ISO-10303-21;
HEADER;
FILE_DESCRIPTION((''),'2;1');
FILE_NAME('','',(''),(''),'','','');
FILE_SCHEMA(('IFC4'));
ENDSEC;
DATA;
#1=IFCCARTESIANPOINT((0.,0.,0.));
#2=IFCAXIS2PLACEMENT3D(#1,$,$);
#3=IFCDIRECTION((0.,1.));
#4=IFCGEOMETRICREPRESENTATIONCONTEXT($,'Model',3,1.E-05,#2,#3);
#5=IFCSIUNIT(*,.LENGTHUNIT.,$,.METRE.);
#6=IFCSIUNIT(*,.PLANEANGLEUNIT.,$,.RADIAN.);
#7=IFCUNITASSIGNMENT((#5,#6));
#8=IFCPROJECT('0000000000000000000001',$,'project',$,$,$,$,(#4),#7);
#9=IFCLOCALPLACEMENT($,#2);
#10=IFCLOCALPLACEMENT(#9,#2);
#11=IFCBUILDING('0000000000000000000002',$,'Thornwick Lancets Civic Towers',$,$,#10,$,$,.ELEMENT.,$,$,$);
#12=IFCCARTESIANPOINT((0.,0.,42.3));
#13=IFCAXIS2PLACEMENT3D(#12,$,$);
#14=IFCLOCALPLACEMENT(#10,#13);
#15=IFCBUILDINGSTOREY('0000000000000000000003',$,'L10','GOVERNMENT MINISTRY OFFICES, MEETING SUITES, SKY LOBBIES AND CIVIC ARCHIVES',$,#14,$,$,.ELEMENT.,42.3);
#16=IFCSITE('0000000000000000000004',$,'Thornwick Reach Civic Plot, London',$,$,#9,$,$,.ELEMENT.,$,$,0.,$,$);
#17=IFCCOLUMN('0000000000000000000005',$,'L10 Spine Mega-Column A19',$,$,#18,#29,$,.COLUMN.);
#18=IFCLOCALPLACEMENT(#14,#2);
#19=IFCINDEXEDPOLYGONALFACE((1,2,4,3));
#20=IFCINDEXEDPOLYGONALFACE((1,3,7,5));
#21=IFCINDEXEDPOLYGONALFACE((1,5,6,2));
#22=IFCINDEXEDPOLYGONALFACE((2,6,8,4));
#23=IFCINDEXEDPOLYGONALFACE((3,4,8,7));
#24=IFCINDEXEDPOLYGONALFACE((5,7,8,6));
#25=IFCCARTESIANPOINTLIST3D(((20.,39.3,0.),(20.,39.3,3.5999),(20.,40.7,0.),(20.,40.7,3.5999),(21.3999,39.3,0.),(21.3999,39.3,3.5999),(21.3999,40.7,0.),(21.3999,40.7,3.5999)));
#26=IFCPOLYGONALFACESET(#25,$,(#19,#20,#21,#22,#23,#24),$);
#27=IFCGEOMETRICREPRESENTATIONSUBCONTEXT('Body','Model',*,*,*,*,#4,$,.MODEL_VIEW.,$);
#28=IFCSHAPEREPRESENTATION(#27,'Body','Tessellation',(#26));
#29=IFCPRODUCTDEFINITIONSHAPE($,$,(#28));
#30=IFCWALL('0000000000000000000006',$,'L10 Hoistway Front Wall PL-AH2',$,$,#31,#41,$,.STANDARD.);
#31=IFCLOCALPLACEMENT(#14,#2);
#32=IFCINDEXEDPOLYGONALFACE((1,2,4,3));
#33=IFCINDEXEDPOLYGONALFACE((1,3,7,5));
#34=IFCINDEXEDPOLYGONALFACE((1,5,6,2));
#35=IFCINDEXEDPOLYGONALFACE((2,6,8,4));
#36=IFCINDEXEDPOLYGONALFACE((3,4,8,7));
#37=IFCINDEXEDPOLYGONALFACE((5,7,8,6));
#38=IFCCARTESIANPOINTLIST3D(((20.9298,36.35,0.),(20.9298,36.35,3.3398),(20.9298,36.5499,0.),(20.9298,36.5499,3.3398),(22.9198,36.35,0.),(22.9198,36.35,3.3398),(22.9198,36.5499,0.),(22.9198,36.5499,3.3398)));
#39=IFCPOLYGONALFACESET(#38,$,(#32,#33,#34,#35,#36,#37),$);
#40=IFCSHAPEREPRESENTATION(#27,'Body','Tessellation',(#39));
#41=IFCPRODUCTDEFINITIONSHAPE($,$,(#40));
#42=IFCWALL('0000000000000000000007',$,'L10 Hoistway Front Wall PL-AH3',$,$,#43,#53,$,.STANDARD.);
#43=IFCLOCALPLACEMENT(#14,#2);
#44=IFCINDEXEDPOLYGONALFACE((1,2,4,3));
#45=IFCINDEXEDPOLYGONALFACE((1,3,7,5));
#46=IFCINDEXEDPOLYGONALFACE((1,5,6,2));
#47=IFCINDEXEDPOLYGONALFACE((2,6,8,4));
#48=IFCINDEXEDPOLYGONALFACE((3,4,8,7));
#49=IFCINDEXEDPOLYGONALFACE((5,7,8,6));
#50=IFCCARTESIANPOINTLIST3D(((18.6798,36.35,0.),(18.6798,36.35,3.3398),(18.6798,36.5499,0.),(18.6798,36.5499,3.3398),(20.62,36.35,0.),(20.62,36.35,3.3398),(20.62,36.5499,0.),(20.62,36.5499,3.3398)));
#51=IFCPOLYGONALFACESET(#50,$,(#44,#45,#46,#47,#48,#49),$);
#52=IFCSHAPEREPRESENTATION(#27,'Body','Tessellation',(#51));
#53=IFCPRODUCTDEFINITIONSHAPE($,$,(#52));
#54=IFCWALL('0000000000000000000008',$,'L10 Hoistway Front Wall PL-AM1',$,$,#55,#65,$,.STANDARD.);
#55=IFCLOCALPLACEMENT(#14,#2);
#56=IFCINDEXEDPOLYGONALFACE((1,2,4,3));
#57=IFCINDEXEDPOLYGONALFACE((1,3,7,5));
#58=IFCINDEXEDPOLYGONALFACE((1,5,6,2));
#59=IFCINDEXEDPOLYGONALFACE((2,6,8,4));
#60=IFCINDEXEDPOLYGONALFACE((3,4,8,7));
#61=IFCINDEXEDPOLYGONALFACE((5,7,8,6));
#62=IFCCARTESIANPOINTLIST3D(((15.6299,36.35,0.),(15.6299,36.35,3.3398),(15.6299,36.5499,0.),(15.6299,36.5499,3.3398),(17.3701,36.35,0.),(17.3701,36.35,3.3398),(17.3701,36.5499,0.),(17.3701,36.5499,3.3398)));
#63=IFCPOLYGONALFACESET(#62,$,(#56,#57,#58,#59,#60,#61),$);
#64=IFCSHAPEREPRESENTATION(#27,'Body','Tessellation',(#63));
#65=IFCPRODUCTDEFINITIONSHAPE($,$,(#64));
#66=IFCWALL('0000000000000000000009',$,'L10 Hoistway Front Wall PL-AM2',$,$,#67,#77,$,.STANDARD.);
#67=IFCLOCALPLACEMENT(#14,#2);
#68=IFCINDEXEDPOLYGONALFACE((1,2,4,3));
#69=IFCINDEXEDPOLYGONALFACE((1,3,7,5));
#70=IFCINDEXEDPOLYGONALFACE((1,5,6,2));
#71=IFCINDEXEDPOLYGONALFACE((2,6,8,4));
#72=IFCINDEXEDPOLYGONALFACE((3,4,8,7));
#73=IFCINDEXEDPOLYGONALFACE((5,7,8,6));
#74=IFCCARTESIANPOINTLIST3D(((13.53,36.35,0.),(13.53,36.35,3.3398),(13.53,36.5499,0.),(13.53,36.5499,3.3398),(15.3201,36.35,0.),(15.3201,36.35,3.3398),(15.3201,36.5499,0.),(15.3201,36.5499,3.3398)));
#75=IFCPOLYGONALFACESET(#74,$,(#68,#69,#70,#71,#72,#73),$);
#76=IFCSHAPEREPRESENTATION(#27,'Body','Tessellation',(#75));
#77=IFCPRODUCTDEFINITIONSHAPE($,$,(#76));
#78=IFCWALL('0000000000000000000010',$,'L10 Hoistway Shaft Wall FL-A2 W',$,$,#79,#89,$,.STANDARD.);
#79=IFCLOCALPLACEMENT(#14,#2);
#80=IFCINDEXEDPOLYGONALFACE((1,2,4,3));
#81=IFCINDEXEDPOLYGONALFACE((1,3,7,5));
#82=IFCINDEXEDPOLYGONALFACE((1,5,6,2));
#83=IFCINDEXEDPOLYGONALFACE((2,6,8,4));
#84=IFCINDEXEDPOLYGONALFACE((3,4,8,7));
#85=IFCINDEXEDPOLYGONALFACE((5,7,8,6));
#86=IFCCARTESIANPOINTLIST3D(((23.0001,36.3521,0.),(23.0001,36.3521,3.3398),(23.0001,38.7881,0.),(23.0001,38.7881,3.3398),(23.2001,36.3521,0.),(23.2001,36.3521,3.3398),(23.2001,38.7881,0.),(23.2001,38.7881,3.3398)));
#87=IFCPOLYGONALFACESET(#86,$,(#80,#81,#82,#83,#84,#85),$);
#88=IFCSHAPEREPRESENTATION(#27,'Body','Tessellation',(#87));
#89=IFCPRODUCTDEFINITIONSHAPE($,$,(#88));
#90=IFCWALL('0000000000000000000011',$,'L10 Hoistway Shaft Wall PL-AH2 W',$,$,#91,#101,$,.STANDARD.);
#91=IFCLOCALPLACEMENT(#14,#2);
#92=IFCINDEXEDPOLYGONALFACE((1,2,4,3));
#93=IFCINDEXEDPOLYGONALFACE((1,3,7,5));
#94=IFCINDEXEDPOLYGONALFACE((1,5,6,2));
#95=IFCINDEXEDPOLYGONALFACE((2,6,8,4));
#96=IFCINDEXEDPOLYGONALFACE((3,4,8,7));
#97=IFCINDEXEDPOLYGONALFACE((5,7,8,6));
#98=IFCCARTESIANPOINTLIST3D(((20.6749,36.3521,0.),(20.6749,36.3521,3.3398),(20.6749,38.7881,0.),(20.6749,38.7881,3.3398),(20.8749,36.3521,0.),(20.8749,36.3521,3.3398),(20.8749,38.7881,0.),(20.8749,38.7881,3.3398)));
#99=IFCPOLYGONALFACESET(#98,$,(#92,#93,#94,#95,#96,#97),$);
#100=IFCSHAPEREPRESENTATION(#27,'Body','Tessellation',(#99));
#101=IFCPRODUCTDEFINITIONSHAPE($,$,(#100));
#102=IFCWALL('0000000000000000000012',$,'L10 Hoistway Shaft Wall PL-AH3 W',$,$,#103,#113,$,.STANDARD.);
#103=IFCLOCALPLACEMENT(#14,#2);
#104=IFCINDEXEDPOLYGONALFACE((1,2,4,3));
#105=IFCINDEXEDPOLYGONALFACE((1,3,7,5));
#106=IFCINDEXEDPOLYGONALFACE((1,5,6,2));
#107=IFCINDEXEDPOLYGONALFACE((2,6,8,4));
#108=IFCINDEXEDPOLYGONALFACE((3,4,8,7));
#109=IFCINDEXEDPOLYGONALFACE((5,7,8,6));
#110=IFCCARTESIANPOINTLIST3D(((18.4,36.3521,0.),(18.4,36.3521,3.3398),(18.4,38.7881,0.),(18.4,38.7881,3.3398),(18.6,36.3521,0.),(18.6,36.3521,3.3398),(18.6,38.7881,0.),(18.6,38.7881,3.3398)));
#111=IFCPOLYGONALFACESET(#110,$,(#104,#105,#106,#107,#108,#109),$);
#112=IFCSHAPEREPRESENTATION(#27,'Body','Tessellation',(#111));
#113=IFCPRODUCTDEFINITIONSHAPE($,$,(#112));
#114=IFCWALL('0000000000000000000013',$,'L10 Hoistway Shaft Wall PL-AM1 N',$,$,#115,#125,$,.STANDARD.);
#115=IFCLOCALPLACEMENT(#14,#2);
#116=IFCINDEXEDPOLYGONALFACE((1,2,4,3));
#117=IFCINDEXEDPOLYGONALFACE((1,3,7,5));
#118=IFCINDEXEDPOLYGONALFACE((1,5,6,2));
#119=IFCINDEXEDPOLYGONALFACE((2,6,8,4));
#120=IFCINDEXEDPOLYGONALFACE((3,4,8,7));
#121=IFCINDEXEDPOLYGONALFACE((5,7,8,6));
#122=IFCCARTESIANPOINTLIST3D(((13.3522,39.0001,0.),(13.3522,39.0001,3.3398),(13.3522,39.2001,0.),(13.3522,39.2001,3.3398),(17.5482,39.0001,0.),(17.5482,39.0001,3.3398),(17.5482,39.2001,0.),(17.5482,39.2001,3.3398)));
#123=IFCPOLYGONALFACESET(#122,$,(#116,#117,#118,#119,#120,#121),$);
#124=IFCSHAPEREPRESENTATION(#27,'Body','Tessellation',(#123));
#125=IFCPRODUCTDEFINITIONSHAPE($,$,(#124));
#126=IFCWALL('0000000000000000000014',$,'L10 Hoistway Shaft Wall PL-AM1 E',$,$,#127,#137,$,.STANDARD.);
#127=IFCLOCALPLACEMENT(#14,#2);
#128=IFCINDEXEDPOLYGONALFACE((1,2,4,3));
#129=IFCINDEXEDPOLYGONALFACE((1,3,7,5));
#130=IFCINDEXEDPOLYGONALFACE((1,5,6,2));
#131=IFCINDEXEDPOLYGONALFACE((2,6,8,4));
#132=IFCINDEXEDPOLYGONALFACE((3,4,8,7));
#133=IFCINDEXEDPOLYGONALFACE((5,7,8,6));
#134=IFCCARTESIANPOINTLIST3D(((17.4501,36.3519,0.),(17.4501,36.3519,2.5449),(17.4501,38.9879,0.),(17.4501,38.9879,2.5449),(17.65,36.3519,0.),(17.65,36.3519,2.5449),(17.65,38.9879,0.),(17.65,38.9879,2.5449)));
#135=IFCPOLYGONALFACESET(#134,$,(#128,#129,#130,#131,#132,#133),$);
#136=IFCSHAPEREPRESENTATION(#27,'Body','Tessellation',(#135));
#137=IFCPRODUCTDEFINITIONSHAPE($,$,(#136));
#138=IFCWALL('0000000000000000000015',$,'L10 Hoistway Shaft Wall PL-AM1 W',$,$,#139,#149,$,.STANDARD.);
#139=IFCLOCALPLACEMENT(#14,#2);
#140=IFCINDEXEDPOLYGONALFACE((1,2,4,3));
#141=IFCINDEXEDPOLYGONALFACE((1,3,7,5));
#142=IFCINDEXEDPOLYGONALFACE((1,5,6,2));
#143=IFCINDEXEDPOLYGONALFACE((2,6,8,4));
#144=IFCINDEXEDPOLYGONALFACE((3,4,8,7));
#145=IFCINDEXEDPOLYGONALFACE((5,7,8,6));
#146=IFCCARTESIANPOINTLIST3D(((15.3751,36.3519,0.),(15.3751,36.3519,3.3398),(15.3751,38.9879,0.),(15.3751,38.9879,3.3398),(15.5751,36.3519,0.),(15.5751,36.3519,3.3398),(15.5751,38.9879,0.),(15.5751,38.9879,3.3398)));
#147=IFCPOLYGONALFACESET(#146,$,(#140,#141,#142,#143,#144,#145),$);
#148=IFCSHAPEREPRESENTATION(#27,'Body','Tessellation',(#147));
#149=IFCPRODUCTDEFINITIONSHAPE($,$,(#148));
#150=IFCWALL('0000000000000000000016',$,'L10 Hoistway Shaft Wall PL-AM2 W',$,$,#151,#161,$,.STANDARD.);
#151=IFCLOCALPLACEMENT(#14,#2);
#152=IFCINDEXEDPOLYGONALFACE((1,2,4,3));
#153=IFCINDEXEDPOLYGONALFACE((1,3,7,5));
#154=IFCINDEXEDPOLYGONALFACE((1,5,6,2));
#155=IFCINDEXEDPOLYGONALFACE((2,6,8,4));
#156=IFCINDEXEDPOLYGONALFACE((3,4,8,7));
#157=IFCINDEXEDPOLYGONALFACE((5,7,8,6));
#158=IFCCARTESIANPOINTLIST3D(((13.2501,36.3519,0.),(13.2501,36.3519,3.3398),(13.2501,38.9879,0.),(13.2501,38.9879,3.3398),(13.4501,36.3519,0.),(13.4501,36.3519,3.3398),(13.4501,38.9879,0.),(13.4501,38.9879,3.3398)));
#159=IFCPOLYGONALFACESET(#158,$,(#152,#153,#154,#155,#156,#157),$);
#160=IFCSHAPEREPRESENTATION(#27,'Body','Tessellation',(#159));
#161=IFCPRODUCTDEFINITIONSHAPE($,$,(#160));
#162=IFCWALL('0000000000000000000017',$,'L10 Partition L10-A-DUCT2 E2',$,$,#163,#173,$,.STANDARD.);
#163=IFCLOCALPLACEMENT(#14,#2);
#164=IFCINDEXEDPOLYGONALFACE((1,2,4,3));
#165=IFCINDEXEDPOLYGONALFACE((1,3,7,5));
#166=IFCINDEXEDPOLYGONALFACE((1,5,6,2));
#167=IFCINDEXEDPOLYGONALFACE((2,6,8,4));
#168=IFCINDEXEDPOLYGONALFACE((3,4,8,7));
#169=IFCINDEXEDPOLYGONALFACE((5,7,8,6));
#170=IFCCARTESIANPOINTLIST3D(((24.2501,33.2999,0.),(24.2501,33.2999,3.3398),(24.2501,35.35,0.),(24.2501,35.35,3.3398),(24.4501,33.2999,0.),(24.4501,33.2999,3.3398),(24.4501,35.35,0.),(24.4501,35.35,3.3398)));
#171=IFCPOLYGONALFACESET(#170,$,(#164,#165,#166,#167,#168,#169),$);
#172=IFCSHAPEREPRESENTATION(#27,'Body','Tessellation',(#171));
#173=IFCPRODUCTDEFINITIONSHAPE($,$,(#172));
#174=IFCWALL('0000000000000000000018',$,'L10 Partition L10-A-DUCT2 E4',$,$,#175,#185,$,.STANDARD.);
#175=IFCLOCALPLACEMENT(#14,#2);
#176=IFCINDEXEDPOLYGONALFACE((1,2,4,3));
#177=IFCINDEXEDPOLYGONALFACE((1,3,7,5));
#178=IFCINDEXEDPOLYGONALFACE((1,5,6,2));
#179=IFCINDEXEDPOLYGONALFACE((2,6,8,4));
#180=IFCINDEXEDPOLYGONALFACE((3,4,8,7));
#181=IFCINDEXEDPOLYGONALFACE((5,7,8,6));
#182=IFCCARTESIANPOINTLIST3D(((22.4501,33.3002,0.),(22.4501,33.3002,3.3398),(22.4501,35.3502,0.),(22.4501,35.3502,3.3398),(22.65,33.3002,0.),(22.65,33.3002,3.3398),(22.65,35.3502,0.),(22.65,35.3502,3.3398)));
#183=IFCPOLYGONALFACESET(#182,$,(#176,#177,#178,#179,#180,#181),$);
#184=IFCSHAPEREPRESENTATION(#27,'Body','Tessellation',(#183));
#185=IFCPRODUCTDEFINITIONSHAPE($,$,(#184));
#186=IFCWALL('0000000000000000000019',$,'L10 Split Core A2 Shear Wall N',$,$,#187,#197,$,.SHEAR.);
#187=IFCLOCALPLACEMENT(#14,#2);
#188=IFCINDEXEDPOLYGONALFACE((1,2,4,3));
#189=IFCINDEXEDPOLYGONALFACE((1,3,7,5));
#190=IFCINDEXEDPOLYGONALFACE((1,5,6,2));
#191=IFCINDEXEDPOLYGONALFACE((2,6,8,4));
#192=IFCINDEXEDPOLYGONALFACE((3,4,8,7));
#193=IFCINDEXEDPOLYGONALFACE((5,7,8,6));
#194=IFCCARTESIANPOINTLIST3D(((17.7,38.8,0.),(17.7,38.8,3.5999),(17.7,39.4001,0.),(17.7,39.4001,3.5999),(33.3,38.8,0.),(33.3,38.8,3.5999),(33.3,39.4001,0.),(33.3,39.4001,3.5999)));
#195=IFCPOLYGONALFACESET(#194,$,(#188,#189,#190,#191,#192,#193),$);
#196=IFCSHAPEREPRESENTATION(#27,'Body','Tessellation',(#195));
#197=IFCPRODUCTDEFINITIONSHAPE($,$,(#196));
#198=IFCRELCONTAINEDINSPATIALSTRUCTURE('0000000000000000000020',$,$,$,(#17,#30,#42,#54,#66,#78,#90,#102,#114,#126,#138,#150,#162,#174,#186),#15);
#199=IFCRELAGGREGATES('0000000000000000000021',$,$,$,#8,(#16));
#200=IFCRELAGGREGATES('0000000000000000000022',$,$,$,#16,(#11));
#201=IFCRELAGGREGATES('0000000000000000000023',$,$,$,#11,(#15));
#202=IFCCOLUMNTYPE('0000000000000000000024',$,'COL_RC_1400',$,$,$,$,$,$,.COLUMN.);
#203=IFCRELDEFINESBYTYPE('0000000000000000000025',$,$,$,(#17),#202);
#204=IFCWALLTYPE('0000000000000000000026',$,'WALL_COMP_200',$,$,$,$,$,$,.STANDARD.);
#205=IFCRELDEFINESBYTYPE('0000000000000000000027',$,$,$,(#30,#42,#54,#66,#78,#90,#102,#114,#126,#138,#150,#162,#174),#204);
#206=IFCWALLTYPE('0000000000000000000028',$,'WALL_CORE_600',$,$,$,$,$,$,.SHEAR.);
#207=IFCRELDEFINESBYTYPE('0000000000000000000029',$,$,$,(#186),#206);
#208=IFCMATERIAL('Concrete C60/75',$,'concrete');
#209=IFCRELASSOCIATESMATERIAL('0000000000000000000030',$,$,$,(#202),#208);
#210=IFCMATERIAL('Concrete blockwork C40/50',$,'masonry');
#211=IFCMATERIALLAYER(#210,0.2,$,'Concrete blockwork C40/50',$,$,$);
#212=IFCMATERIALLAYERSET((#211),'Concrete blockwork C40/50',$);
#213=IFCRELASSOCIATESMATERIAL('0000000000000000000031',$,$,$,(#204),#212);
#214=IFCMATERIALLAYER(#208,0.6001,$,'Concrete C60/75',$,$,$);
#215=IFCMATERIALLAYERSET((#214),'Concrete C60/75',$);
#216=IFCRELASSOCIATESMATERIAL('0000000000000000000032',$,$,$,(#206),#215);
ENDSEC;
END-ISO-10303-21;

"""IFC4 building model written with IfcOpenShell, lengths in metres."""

from ifc_helpers import new_model, si_unit, direction, frame, frame_2d, origin, origin_2d, place, context, subcontext, project, spatial, rectangle, extrude, material, layer, layer_set, material_profile, profile_set, type_object, element, save


model = new_model("IFC4")

# Units and contexts
model_context = context("Model", 3, precision=1e-05, world=origin(), true_north=direction((0.0, 1.0)))
body_context = subcontext(model_context, "Body", "Model", "MODEL_VIEW")
ifc_project = project(units=[si_unit("LENGTHUNIT", "METRE"), si_unit("PLANEANGLEUNIT", "RADIAN")], contexts=[model_context])

# Site, building, storey
site_placement = place(None, origin())
site = spatial("IfcSite", under=ifc_project, at=site_placement, Name="Thornwick Reach Civic Plot, London", CompositionType="ELEMENT", RefElevation=0.0)
building_placement = place(site_placement, origin())
building = spatial("IfcBuilding", under=site, at=building_placement, Name="Thornwick Lancets Civic Towers", CompositionType="ELEMENT")
storey_placement = place(building_placement, frame((0.0, 0.0, 42.3)))
storey = spatial("IfcBuildingStorey", under=building, at=storey_placement, Name="L10", Description="GOVERNMENT MINISTRY OFFICES, MEETING SUITES, SKY LOBBIES AND CIVIC ARCHIVES", CompositionType="ELEMENT", Elevation=42.3)

# Column
ifc_material_1 = material(Name="Concrete C60/75", Category="concrete")
ifc_material_profile = material_profile(ifc_material_1, rectangle(XDim=1.3999, YDim=1.3999, at=origin_2d()), Name="RC 1400x1400")
ifc_profile_set = profile_set([ifc_material_profile], Name="Concrete C60/75")
column_type = type_object("IfcColumnType", Name="COL_RC_1400", PredefinedType="COLUMN", material=ifc_profile_set)
column_placement = place(storey_placement, frame((20.7, 40.0, 0.0), z_axis=(0.0, 0.0, 1.0), x_axis=(1.0, 0.0, 0.0)))
element("IfcColumn", 1, at=column_placement, inside=storey, type_object=column_type, Name="L10 Spine Mega-Column A19", PredefinedType="COLUMN", context=body_context, shape_type="SweptSolid", body=[
    extrude(rectangle(XDim=1.3999, YDim=1.3999, at=origin_2d()), origin(), (0.0, 0.0, 1.0), 3.5999),
])

# Walls
ifc_material_2 = material(Name="Concrete blockwork C40/50", Category="masonry")
ifc_layer_1 = layer(ifc_material_2, 0.2, Name="Concrete blockwork C40/50")
ifc_layer_set_1 = layer_set([ifc_layer_1], Name="Concrete blockwork C40/50")
wall_type_1 = type_object("IfcWallType", Name="WALL_COMP_200", PredefinedType="STANDARD", material=ifc_layer_set_1)
wall_1_placement = place(storey_placement, frame((22.9199, 36.45, 0.0), z_axis=(0.0, 0.0, 1.0), x_axis=(-1.0, 0.0, 0.0)))
element("IfcWall", 2, at=wall_1_placement, inside=storey, type_object=wall_type_1, Name="L10 Hoistway Front Wall PL-AH2", PredefinedType="STANDARD", context=body_context, shape_type="SweptSolid", body=[
    extrude(rectangle(XDim=1.99, YDim=0.2, at=frame_2d((0.9951, 0.0))), origin(), (0.0, 0.0, 1.0), 3.3398),
])
wall_2_placement = place(storey_placement, frame((20.6201, 36.45, 0.0), z_axis=(0.0, 0.0, 1.0), x_axis=(-1.0, 0.0, 0.0)))
element("IfcWall", 3, at=wall_2_placement, inside=storey, type_object=wall_type_1, Name="L10 Hoistway Front Wall PL-AH3", PredefinedType="STANDARD", context=body_context, shape_type="SweptSolid", body=[
    extrude(rectangle(XDim=1.9402, YDim=0.2, at=frame_2d((0.9702, 0.0))), origin(), (0.0, 0.0, 1.0), 3.3398),
])
wall_3_placement = place(storey_placement, frame((17.3701, 36.45, 0.0), z_axis=(0.0, 0.0, 1.0), x_axis=(-1.0, 0.0, 0.0)))
element("IfcWall", 4, at=wall_3_placement, inside=storey, type_object=wall_type_1, Name="L10 Hoistway Front Wall PL-AM1", PredefinedType="STANDARD", context=body_context, shape_type="SweptSolid", body=[
    extrude(rectangle(XDim=1.7402, YDim=0.2, at=frame_2d((0.8701, 0.0))), origin(), (0.0, 0.0, 1.0), 3.3398),
])
wall_4_placement = place(storey_placement, frame((15.3201, 36.45, 0.0), z_axis=(0.0, 0.0, 1.0), x_axis=(-1.0, 0.0, 0.0)))
element("IfcWall", 5, at=wall_4_placement, inside=storey, type_object=wall_type_1, Name="L10 Hoistway Front Wall PL-AM2", PredefinedType="STANDARD", context=body_context, shape_type="SweptSolid", body=[
    extrude(rectangle(XDim=1.79, YDim=0.2, at=frame_2d((0.895, 0.0))), origin(), (0.0, 0.0, 1.0), 3.3398),
])
for number, where, z_axis, x_axis, name in (
    (6, (23.1001, 36.3521, 0.0), (0.0, 0.0, 1.0), (0.0, 1.0, 0.0), "L10 Hoistway Shaft Wall FL-A2 W"),
    (7, (20.7749, 36.3521, 0.0), (0.0, 0.0, 1.0), (0.0, 1.0, 0.0), "L10 Hoistway Shaft Wall PL-AH2 W"),
    (8, (18.5, 36.3521, 0.0), (0.0, 0.0, 1.0), (0.0, 1.0, 0.0), "L10 Hoistway Shaft Wall PL-AH3 W"),
):
    element("IfcWall", number, at=place(storey_placement, frame(where, z_axis=z_axis, x_axis=x_axis)), inside=storey, type_object=wall_type_1, Name=name, PredefinedType="STANDARD", context=body_context, shape_type="SweptSolid", body=[
        extrude(rectangle(XDim=2.436, YDim=0.2, at=frame_2d((1.218, 0.0))), origin(), (0.0, 0.0, 1.0), 3.3398),
    ])
wall_5_placement = place(storey_placement, frame((13.3521, 39.1001, 0.0), z_axis=(0.0, 0.0, 1.0), x_axis=(1.0, 0.0, 0.0)))
element("IfcWall", 9, at=wall_5_placement, inside=storey, type_object=wall_type_1, Name="L10 Hoistway Shaft Wall PL-AM1 N", PredefinedType="STANDARD", context=body_context, shape_type="SweptSolid", body=[
    extrude(rectangle(XDim=4.196, YDim=0.2, at=frame_2d((2.0981, 0.0))), origin(), (0.0, 0.0, 1.0), 3.3398),
])
wall_6_placement = place(storey_placement, frame((17.55, 36.3521, 0.0), z_axis=(0.0, 0.0, 1.0), x_axis=(0.0, 1.0, 0.0)))
element("IfcWall", 10, at=wall_6_placement, inside=storey, type_object=wall_type_1, Name="L10 Hoistway Shaft Wall PL-AM1 E", PredefinedType="STANDARD", context=body_context, shape_type="SweptSolid", body=[
    extrude(rectangle(XDim=2.636, YDim=0.2, at=frame_2d((1.3179, 0.0))), origin(), (0.0, 0.0, 1.0), 2.5449),
])
for number, where, z_axis, x_axis, name in (
    (11, (15.4751, 36.3521, 0.0), (0.0, 0.0, 1.0), (0.0, 1.0, 0.0), "L10 Hoistway Shaft Wall PL-AM1 W"),
    (12, (13.3501, 36.3521, 0.0), (0.0, 0.0, 1.0), (0.0, 1.0, 0.0), "L10 Hoistway Shaft Wall PL-AM2 W"),
):
    element("IfcWall", number, at=place(storey_placement, frame(where, z_axis=z_axis, x_axis=x_axis)), inside=storey, type_object=wall_type_1, Name=name, PredefinedType="STANDARD", context=body_context, shape_type="SweptSolid", body=[
        extrude(rectangle(XDim=2.636, YDim=0.2, at=frame_2d((1.3179, 0.0))), origin(), (0.0, 0.0, 1.0), 3.3398),
    ])
for number, where, z_axis, x_axis, name in (
    (13, (24.3501, 33.3, 0.0), (0.0, 0.0, 1.0), (0.0, 1.0, 0.0), "L10 Partition L10-A-DUCT2 E2"),
    (14, (22.55, 35.3501, 0.0), (0.0, 0.0, 1.0), (0.0, -1.0, 0.0), "L10 Partition L10-A-DUCT2 E4"),
):
    element("IfcWall", number, at=place(storey_placement, frame(where, z_axis=z_axis, x_axis=x_axis)), inside=storey, type_object=wall_type_1, Name=name, PredefinedType="STANDARD", context=body_context, shape_type="SweptSolid", body=[
        extrude(rectangle(XDim=2.05, YDim=0.2, at=frame_2d((1.0249, 0.0))), origin(), (0.0, 0.0, 1.0), 3.3398),
    ])
ifc_layer_2 = layer(ifc_material_1, 0.6001, Name="Concrete C60/75")
ifc_layer_set_2 = layer_set([ifc_layer_2], Name="Concrete C60/75")
wall_type_2 = type_object("IfcWallType", Name="WALL_CORE_600", PredefinedType="SHEAR", material=ifc_layer_set_2)
wall_7_placement = place(storey_placement, frame((17.7, 39.1001, 0.0), z_axis=(0.0, 0.0, 1.0), x_axis=(1.0, 0.0, 0.0)))
element("IfcWall", 15, at=wall_7_placement, inside=storey, type_object=wall_type_2, Name="L10 Split Core A2 Shear Wall N", PredefinedType="SHEAR", context=body_context, shape_type="SweptSolid", body=[
    extrude(rectangle(XDim=15.6001, YDim=0.6001, at=frame_2d((7.8, 0.0))), origin(), (0.0, 0.0, 1.0), 3.5999),
])

save(model, "model.ifc")
